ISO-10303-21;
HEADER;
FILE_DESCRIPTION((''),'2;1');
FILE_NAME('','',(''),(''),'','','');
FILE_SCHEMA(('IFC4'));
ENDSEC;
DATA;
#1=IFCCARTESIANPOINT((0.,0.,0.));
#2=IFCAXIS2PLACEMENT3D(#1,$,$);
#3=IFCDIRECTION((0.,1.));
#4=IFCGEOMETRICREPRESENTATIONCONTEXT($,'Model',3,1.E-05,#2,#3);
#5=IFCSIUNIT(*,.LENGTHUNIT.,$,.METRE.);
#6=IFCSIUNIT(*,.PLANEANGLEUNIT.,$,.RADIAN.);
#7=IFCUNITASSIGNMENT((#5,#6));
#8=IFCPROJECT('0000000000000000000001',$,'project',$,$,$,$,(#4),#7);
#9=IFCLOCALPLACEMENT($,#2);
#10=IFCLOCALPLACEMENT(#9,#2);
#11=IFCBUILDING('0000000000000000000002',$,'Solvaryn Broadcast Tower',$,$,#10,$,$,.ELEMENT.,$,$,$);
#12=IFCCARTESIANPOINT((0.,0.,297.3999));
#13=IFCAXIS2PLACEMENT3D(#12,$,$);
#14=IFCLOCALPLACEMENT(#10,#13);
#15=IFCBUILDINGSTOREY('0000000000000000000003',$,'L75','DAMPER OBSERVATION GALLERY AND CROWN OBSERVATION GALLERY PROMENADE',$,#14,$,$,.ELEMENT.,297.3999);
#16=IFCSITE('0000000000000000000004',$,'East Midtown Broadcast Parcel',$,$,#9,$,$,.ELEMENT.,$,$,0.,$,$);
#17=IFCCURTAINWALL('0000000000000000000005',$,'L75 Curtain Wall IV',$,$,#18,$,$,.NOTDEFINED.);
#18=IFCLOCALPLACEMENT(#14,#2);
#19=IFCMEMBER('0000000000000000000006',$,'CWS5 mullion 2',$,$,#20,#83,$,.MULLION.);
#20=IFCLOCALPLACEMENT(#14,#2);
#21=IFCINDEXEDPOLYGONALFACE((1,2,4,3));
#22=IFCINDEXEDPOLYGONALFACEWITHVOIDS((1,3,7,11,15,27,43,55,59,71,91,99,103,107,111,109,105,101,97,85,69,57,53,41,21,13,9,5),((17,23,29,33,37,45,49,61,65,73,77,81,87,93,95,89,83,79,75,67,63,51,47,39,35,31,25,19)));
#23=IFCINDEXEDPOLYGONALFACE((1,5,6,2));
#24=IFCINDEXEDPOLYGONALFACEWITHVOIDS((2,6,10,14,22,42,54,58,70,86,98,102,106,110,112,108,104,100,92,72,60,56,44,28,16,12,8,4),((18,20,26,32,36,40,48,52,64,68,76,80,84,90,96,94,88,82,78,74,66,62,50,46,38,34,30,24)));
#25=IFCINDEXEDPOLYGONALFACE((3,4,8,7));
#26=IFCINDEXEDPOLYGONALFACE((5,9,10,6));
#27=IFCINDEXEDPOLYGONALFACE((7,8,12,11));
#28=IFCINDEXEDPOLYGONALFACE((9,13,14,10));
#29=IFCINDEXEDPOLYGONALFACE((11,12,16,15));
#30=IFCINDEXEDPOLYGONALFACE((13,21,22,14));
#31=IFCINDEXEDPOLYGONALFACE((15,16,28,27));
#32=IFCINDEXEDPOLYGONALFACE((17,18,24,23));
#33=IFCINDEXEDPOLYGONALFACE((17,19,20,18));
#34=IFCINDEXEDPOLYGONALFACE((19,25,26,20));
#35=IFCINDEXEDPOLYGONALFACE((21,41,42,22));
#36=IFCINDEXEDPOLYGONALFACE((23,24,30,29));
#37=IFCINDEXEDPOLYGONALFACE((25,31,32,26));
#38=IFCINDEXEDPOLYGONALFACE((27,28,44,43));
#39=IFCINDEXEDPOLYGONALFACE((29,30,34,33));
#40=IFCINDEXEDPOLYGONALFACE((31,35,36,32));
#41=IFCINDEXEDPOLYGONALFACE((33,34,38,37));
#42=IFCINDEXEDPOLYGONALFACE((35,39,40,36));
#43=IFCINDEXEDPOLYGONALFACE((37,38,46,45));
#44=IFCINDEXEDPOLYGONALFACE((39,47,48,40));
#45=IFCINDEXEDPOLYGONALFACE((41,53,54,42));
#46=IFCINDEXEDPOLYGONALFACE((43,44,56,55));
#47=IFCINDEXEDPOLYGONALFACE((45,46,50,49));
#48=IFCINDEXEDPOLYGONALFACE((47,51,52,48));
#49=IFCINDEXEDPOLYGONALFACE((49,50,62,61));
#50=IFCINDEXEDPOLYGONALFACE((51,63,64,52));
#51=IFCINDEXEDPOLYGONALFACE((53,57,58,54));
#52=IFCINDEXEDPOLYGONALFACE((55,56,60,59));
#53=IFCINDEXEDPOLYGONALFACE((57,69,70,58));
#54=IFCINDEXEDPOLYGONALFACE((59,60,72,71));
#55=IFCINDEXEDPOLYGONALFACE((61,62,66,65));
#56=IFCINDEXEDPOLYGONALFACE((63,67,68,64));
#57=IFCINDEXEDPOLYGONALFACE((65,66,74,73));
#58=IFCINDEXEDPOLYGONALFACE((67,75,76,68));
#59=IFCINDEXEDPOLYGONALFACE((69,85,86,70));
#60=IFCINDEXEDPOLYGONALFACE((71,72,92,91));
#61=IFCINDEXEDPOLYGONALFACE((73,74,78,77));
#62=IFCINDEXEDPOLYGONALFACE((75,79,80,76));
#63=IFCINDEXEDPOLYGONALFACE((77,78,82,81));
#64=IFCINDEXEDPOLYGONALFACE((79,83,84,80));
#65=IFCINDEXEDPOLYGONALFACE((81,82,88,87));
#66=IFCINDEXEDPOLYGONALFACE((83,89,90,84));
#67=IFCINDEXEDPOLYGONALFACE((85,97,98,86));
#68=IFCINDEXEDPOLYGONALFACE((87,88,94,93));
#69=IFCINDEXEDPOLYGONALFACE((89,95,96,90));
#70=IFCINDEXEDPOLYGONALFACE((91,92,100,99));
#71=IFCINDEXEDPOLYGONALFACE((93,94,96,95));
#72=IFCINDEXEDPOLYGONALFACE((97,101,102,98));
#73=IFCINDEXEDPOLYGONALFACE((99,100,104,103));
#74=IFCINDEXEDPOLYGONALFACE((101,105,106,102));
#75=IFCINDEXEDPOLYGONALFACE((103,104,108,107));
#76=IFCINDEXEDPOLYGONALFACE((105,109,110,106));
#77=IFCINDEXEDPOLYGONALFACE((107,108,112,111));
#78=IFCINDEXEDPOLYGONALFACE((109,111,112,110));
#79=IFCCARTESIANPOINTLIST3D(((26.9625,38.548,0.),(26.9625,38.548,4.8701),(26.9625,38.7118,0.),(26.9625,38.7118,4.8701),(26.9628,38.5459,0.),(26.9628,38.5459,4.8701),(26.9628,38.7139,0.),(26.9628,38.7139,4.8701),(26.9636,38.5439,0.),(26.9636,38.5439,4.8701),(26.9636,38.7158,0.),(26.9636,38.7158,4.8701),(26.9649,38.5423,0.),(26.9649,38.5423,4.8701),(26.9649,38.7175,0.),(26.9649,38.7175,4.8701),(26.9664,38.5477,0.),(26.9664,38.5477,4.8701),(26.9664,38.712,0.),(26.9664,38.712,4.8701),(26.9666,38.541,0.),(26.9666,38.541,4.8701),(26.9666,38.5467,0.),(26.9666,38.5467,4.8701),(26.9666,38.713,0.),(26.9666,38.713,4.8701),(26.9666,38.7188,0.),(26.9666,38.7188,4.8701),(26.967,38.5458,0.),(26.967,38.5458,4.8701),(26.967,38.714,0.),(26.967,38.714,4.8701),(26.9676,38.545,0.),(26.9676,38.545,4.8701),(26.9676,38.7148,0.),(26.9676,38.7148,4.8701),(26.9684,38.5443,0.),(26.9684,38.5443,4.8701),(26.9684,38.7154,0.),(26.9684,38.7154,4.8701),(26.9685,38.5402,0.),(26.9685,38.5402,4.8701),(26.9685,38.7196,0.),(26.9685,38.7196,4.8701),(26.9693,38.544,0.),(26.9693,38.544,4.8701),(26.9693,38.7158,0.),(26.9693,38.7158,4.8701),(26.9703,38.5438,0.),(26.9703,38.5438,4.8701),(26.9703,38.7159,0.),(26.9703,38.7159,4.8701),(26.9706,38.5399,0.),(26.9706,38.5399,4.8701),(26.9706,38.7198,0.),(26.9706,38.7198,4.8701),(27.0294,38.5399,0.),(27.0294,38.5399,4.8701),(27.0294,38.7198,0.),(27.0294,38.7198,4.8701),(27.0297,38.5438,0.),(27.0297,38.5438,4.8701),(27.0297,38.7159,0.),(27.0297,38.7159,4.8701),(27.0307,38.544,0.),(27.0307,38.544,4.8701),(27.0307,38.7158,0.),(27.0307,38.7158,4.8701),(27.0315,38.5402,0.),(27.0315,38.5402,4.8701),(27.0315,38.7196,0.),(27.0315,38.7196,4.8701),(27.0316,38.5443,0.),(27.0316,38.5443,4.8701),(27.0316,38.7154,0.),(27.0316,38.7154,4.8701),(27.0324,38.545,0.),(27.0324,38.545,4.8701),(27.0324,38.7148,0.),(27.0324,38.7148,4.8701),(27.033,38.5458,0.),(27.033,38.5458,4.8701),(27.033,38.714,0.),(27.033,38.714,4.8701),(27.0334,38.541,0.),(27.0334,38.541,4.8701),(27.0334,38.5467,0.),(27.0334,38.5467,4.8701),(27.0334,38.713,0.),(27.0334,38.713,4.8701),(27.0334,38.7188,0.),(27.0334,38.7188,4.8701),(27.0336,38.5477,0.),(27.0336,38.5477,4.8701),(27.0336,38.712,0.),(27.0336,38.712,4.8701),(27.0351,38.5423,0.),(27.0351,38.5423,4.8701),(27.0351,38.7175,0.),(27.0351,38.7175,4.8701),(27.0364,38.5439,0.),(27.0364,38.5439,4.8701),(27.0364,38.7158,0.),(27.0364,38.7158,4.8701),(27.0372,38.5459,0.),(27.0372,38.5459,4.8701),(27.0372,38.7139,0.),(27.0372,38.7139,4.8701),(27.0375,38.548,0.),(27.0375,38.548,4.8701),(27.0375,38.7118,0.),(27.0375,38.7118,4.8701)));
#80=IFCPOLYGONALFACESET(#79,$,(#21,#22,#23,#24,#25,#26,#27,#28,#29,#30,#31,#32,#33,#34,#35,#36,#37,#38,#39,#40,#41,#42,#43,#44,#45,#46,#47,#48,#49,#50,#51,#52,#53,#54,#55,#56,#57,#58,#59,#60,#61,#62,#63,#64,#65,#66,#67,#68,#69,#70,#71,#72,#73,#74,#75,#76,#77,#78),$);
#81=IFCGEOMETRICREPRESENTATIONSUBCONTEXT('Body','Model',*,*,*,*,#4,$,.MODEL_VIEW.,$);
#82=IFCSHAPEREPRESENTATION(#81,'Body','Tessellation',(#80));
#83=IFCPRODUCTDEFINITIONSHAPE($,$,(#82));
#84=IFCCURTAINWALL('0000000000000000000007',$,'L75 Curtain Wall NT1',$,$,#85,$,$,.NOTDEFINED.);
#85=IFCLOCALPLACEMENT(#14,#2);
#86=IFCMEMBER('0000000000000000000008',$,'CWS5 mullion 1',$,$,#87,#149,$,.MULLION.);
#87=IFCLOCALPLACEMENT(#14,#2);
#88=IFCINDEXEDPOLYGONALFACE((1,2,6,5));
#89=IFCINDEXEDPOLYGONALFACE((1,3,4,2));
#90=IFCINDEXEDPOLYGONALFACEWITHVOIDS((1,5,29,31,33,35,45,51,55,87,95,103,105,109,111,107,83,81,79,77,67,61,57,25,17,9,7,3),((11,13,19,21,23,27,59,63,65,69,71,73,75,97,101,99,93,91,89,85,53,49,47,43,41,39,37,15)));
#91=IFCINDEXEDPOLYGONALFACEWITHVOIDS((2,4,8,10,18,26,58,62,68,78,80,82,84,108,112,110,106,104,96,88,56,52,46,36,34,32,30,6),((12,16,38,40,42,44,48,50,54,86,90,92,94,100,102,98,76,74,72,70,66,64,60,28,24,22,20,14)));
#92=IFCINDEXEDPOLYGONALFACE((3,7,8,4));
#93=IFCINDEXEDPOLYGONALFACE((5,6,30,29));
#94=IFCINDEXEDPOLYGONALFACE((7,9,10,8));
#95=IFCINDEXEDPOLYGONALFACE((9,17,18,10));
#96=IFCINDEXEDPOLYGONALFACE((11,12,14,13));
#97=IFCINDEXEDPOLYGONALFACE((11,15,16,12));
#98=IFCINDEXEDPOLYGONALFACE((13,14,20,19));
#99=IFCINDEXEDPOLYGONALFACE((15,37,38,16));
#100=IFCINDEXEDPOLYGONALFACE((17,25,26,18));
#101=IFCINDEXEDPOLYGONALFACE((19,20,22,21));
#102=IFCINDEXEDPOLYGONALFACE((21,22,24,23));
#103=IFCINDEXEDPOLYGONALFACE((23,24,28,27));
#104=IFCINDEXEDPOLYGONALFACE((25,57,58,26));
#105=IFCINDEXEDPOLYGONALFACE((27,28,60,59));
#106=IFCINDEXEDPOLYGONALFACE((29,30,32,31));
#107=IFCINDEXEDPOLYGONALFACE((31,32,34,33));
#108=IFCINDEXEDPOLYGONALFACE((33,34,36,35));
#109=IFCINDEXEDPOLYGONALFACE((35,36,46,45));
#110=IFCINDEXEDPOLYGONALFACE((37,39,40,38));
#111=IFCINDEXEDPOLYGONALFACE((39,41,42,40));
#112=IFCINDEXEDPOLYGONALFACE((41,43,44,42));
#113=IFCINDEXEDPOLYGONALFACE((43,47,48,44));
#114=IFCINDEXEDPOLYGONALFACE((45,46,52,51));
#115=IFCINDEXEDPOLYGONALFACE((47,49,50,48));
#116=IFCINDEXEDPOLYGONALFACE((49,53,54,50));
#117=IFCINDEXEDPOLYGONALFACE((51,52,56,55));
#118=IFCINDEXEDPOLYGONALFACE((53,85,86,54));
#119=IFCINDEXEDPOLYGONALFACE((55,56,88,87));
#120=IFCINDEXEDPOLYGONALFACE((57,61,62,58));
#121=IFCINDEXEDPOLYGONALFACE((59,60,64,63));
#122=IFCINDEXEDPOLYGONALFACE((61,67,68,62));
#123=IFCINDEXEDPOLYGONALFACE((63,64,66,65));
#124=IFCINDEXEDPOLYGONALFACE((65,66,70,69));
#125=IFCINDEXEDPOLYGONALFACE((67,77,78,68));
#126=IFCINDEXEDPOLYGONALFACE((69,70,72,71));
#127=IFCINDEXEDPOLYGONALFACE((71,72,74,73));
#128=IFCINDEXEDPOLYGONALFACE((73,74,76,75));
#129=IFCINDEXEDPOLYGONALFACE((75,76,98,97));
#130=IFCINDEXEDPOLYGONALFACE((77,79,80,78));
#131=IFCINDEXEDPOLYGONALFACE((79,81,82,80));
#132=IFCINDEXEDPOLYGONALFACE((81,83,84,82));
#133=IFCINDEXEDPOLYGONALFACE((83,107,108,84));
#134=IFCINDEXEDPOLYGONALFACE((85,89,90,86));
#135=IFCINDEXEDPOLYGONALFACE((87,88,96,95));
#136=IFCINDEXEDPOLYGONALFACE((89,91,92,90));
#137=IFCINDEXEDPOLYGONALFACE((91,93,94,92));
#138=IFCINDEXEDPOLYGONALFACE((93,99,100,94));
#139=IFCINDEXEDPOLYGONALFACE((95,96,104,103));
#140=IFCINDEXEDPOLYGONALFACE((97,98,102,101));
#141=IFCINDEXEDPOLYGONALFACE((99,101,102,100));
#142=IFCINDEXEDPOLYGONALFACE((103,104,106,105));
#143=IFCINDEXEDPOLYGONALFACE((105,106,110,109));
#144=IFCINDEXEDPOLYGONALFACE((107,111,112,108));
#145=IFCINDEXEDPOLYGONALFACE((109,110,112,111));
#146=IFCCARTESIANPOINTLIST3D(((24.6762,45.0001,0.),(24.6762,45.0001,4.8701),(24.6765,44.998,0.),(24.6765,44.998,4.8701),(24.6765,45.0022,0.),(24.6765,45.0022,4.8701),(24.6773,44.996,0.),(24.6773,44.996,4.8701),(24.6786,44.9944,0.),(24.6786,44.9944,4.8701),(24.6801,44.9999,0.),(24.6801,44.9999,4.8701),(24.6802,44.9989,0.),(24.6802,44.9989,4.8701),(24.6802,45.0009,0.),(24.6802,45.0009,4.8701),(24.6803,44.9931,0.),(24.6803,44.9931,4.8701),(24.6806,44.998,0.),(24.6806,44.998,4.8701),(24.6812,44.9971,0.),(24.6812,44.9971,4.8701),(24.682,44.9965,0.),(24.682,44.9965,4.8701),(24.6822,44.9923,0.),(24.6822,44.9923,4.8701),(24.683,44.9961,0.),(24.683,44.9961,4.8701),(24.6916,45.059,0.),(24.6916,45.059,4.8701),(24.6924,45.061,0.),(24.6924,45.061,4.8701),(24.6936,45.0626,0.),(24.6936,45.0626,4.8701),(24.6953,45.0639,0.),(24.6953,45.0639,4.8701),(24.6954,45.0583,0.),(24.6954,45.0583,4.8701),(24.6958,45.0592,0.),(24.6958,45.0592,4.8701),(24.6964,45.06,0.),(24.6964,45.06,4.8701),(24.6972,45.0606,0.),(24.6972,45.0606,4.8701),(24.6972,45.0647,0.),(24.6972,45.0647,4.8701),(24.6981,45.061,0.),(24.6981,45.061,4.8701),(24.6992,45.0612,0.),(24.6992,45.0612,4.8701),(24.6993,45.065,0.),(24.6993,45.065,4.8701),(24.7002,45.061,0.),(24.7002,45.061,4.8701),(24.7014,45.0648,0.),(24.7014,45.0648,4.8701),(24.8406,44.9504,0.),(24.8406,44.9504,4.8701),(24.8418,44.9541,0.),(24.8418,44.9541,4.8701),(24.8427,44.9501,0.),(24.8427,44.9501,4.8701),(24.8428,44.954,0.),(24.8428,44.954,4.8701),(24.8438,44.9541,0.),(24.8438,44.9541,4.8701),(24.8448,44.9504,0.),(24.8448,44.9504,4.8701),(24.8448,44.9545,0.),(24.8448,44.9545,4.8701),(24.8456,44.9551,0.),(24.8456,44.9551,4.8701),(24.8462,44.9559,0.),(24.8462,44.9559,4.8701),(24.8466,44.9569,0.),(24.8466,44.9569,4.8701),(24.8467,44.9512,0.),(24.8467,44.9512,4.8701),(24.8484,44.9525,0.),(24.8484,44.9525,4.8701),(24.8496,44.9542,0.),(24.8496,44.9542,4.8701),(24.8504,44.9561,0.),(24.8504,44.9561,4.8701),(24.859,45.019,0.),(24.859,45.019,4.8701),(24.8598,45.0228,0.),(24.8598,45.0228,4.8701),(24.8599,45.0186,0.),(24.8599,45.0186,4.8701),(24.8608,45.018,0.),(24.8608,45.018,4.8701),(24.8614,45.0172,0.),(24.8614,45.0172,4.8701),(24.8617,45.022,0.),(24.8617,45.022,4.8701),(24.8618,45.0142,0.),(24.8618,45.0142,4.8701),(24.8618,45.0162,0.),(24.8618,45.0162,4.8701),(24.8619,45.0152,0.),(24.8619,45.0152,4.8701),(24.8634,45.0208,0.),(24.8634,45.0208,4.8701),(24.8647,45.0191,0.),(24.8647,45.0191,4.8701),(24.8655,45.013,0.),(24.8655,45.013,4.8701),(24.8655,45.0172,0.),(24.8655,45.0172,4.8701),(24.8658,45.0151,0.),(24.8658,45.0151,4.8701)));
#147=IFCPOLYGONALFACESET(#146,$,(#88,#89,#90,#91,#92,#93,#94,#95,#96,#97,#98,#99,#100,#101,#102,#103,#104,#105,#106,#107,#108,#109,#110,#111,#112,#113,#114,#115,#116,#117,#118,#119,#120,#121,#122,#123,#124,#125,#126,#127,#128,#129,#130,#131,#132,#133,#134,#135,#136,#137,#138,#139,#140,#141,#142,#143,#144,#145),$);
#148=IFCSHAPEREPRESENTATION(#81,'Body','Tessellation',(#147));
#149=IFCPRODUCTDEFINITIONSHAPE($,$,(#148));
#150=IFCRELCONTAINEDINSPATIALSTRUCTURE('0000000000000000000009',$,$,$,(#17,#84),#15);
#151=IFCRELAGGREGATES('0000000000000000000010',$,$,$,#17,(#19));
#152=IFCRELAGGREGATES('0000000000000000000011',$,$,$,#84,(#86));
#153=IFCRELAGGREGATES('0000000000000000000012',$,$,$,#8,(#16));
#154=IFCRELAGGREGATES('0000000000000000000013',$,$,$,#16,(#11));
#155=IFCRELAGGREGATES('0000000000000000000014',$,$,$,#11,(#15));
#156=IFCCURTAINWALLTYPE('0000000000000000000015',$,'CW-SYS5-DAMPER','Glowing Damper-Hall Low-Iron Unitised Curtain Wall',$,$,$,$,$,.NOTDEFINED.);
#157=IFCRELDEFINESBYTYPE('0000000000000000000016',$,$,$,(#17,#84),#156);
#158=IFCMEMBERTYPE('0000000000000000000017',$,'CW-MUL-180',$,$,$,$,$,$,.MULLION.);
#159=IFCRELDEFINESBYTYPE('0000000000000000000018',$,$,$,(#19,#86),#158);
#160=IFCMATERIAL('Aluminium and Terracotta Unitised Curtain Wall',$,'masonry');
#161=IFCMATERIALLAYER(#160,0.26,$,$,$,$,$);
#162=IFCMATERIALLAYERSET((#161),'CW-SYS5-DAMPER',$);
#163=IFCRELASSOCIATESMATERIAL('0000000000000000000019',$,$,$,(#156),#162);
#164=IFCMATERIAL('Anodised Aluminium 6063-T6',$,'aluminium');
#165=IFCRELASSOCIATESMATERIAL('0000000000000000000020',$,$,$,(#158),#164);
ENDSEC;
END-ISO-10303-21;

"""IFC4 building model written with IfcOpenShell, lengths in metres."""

from ifc_helpers import new_model, si_unit, direction, frame, origin, origin_2d, place, context, subcontext, project, spatial, hollow_rectangle, extrude, material, layer, layer_set, material_profile, profile_set, type_object, element, aggregate, save


model = new_model("IFC4")

# Units and contexts
model_context = context("Model", 3, precision=1e-05, world=origin(), true_north=direction((0.0, 1.0)))
body_context = subcontext(model_context, "Body", "Model", "MODEL_VIEW")
ifc_project = project(units=[si_unit("LENGTHUNIT", "METRE"), si_unit("PLANEANGLEUNIT", "RADIAN")], contexts=[model_context])

# Site, building, storey
site_placement = place(None, origin())
site = spatial("IfcSite", under=ifc_project, at=site_placement, Name="East Midtown Broadcast Parcel", CompositionType="ELEMENT", RefElevation=0.0)
building_placement = place(site_placement, origin())
building = spatial("IfcBuilding", under=site, at=building_placement, Name="Solvaryn Broadcast Tower", CompositionType="ELEMENT")
storey_placement = place(building_placement, frame((0.0, 0.0, 297.3999)))
storey = spatial("IfcBuildingStorey", under=building, at=storey_placement, Name="L75", Description="DAMPER OBSERVATION GALLERY AND CROWN OBSERVATION GALLERY PROMENADE", CompositionType="ELEMENT", Elevation=297.3999)

# Curtain wall, member
ifc_material_1 = material(Name="Aluminium and Terracotta Unitised Curtain Wall", Category="masonry")
ifc_layer_1 = layer(ifc_material_1, 0.26)
ifc_layer_set_1 = layer_set([ifc_layer_1], Name="CW-SYS5-DAMPER")
curtain_wall_type = type_object("IfcCurtainWallType", Name="CW-SYS5-DAMPER", Description="Glowing Damper-Hall Low-Iron Unitised Curtain Wall", PredefinedType="NOTDEFINED", material=ifc_layer_set_1)
curtain_wall_1_placement = place(storey_placement, origin())
curtain_wall_1 = element("IfcCurtainWall", 1, at=curtain_wall_1_placement, inside=storey, type_object=curtain_wall_type, Name="L75 Curtain Wall IV", PredefinedType="NOTDEFINED")
ifc_material_2 = material(Name="Anodised Aluminium 6063-T6", Category="aluminium")
ifc_material_profile_1 = material_profile(ifc_material_2, hollow_rectangle(XDim=0.075, YDim=0.1799, WallThickness=0.0039, InnerFilletRadius=0.0039, OuterFilletRadius=0.0081, at=origin_2d()))
ifc_profile_set_1 = profile_set([ifc_material_profile_1], Name="Anodised Aluminium 6063-T6")
member_type_1 = type_object("IfcMemberType", Name="CW-MUL-180", PredefinedType="MULLION", material=ifc_profile_set_1)
member_1_placement = place(storey_placement, frame((27.0, 38.6299, 0.0), z_axis=(0.0, 0.0, 1.0), x_axis=(1.0, 0.0, 0.0)))
member_1 = element("IfcMember", 2, at=member_1_placement, type_object=member_type_1, Name="CWS5 mullion 2", PredefinedType="MULLION", context=body_context, shape_type="SweptSolid", body=[
    extrude(hollow_rectangle(XDim=0.075, YDim=0.1799, WallThickness=0.0039, InnerFilletRadius=0.0039, OuterFilletRadius=0.0081, at=origin_2d()), origin(), (0.0, 0.0, 1.0), 4.8701),
])

# Curtain wall, member
curtain_wall_2_placement = place(storey_placement, origin())
curtain_wall_2 = element("IfcCurtainWall", 3, at=curtain_wall_2_placement, inside=storey, type_object=curtain_wall_type, Name="L75 Curtain Wall NT1", PredefinedType="NOTDEFINED")
member_2_placement = place(storey_placement, frame((24.771, 45.0076, 0.0), z_axis=(0.0, 0.0, 1.0), x_axis=(-0.255893, -0.966705, 0.0)))
member_2 = element("IfcMember", 4, at=member_2_placement, type_object=member_type_1, Name="CWS5 mullion 1", PredefinedType="MULLION", context=body_context, shape_type="SweptSolid", body=[
    extrude(hollow_rectangle(XDim=0.075, YDim=0.1799, WallThickness=0.0039, InnerFilletRadius=0.0039, OuterFilletRadius=0.0081, at=origin_2d()), origin(), (0.0, 0.0, 1.0), 4.8701),
])

aggregate(curtain_wall_1, [member_1])
aggregate(curtain_wall_2, [member_2])

save(model, "model.ifc")
